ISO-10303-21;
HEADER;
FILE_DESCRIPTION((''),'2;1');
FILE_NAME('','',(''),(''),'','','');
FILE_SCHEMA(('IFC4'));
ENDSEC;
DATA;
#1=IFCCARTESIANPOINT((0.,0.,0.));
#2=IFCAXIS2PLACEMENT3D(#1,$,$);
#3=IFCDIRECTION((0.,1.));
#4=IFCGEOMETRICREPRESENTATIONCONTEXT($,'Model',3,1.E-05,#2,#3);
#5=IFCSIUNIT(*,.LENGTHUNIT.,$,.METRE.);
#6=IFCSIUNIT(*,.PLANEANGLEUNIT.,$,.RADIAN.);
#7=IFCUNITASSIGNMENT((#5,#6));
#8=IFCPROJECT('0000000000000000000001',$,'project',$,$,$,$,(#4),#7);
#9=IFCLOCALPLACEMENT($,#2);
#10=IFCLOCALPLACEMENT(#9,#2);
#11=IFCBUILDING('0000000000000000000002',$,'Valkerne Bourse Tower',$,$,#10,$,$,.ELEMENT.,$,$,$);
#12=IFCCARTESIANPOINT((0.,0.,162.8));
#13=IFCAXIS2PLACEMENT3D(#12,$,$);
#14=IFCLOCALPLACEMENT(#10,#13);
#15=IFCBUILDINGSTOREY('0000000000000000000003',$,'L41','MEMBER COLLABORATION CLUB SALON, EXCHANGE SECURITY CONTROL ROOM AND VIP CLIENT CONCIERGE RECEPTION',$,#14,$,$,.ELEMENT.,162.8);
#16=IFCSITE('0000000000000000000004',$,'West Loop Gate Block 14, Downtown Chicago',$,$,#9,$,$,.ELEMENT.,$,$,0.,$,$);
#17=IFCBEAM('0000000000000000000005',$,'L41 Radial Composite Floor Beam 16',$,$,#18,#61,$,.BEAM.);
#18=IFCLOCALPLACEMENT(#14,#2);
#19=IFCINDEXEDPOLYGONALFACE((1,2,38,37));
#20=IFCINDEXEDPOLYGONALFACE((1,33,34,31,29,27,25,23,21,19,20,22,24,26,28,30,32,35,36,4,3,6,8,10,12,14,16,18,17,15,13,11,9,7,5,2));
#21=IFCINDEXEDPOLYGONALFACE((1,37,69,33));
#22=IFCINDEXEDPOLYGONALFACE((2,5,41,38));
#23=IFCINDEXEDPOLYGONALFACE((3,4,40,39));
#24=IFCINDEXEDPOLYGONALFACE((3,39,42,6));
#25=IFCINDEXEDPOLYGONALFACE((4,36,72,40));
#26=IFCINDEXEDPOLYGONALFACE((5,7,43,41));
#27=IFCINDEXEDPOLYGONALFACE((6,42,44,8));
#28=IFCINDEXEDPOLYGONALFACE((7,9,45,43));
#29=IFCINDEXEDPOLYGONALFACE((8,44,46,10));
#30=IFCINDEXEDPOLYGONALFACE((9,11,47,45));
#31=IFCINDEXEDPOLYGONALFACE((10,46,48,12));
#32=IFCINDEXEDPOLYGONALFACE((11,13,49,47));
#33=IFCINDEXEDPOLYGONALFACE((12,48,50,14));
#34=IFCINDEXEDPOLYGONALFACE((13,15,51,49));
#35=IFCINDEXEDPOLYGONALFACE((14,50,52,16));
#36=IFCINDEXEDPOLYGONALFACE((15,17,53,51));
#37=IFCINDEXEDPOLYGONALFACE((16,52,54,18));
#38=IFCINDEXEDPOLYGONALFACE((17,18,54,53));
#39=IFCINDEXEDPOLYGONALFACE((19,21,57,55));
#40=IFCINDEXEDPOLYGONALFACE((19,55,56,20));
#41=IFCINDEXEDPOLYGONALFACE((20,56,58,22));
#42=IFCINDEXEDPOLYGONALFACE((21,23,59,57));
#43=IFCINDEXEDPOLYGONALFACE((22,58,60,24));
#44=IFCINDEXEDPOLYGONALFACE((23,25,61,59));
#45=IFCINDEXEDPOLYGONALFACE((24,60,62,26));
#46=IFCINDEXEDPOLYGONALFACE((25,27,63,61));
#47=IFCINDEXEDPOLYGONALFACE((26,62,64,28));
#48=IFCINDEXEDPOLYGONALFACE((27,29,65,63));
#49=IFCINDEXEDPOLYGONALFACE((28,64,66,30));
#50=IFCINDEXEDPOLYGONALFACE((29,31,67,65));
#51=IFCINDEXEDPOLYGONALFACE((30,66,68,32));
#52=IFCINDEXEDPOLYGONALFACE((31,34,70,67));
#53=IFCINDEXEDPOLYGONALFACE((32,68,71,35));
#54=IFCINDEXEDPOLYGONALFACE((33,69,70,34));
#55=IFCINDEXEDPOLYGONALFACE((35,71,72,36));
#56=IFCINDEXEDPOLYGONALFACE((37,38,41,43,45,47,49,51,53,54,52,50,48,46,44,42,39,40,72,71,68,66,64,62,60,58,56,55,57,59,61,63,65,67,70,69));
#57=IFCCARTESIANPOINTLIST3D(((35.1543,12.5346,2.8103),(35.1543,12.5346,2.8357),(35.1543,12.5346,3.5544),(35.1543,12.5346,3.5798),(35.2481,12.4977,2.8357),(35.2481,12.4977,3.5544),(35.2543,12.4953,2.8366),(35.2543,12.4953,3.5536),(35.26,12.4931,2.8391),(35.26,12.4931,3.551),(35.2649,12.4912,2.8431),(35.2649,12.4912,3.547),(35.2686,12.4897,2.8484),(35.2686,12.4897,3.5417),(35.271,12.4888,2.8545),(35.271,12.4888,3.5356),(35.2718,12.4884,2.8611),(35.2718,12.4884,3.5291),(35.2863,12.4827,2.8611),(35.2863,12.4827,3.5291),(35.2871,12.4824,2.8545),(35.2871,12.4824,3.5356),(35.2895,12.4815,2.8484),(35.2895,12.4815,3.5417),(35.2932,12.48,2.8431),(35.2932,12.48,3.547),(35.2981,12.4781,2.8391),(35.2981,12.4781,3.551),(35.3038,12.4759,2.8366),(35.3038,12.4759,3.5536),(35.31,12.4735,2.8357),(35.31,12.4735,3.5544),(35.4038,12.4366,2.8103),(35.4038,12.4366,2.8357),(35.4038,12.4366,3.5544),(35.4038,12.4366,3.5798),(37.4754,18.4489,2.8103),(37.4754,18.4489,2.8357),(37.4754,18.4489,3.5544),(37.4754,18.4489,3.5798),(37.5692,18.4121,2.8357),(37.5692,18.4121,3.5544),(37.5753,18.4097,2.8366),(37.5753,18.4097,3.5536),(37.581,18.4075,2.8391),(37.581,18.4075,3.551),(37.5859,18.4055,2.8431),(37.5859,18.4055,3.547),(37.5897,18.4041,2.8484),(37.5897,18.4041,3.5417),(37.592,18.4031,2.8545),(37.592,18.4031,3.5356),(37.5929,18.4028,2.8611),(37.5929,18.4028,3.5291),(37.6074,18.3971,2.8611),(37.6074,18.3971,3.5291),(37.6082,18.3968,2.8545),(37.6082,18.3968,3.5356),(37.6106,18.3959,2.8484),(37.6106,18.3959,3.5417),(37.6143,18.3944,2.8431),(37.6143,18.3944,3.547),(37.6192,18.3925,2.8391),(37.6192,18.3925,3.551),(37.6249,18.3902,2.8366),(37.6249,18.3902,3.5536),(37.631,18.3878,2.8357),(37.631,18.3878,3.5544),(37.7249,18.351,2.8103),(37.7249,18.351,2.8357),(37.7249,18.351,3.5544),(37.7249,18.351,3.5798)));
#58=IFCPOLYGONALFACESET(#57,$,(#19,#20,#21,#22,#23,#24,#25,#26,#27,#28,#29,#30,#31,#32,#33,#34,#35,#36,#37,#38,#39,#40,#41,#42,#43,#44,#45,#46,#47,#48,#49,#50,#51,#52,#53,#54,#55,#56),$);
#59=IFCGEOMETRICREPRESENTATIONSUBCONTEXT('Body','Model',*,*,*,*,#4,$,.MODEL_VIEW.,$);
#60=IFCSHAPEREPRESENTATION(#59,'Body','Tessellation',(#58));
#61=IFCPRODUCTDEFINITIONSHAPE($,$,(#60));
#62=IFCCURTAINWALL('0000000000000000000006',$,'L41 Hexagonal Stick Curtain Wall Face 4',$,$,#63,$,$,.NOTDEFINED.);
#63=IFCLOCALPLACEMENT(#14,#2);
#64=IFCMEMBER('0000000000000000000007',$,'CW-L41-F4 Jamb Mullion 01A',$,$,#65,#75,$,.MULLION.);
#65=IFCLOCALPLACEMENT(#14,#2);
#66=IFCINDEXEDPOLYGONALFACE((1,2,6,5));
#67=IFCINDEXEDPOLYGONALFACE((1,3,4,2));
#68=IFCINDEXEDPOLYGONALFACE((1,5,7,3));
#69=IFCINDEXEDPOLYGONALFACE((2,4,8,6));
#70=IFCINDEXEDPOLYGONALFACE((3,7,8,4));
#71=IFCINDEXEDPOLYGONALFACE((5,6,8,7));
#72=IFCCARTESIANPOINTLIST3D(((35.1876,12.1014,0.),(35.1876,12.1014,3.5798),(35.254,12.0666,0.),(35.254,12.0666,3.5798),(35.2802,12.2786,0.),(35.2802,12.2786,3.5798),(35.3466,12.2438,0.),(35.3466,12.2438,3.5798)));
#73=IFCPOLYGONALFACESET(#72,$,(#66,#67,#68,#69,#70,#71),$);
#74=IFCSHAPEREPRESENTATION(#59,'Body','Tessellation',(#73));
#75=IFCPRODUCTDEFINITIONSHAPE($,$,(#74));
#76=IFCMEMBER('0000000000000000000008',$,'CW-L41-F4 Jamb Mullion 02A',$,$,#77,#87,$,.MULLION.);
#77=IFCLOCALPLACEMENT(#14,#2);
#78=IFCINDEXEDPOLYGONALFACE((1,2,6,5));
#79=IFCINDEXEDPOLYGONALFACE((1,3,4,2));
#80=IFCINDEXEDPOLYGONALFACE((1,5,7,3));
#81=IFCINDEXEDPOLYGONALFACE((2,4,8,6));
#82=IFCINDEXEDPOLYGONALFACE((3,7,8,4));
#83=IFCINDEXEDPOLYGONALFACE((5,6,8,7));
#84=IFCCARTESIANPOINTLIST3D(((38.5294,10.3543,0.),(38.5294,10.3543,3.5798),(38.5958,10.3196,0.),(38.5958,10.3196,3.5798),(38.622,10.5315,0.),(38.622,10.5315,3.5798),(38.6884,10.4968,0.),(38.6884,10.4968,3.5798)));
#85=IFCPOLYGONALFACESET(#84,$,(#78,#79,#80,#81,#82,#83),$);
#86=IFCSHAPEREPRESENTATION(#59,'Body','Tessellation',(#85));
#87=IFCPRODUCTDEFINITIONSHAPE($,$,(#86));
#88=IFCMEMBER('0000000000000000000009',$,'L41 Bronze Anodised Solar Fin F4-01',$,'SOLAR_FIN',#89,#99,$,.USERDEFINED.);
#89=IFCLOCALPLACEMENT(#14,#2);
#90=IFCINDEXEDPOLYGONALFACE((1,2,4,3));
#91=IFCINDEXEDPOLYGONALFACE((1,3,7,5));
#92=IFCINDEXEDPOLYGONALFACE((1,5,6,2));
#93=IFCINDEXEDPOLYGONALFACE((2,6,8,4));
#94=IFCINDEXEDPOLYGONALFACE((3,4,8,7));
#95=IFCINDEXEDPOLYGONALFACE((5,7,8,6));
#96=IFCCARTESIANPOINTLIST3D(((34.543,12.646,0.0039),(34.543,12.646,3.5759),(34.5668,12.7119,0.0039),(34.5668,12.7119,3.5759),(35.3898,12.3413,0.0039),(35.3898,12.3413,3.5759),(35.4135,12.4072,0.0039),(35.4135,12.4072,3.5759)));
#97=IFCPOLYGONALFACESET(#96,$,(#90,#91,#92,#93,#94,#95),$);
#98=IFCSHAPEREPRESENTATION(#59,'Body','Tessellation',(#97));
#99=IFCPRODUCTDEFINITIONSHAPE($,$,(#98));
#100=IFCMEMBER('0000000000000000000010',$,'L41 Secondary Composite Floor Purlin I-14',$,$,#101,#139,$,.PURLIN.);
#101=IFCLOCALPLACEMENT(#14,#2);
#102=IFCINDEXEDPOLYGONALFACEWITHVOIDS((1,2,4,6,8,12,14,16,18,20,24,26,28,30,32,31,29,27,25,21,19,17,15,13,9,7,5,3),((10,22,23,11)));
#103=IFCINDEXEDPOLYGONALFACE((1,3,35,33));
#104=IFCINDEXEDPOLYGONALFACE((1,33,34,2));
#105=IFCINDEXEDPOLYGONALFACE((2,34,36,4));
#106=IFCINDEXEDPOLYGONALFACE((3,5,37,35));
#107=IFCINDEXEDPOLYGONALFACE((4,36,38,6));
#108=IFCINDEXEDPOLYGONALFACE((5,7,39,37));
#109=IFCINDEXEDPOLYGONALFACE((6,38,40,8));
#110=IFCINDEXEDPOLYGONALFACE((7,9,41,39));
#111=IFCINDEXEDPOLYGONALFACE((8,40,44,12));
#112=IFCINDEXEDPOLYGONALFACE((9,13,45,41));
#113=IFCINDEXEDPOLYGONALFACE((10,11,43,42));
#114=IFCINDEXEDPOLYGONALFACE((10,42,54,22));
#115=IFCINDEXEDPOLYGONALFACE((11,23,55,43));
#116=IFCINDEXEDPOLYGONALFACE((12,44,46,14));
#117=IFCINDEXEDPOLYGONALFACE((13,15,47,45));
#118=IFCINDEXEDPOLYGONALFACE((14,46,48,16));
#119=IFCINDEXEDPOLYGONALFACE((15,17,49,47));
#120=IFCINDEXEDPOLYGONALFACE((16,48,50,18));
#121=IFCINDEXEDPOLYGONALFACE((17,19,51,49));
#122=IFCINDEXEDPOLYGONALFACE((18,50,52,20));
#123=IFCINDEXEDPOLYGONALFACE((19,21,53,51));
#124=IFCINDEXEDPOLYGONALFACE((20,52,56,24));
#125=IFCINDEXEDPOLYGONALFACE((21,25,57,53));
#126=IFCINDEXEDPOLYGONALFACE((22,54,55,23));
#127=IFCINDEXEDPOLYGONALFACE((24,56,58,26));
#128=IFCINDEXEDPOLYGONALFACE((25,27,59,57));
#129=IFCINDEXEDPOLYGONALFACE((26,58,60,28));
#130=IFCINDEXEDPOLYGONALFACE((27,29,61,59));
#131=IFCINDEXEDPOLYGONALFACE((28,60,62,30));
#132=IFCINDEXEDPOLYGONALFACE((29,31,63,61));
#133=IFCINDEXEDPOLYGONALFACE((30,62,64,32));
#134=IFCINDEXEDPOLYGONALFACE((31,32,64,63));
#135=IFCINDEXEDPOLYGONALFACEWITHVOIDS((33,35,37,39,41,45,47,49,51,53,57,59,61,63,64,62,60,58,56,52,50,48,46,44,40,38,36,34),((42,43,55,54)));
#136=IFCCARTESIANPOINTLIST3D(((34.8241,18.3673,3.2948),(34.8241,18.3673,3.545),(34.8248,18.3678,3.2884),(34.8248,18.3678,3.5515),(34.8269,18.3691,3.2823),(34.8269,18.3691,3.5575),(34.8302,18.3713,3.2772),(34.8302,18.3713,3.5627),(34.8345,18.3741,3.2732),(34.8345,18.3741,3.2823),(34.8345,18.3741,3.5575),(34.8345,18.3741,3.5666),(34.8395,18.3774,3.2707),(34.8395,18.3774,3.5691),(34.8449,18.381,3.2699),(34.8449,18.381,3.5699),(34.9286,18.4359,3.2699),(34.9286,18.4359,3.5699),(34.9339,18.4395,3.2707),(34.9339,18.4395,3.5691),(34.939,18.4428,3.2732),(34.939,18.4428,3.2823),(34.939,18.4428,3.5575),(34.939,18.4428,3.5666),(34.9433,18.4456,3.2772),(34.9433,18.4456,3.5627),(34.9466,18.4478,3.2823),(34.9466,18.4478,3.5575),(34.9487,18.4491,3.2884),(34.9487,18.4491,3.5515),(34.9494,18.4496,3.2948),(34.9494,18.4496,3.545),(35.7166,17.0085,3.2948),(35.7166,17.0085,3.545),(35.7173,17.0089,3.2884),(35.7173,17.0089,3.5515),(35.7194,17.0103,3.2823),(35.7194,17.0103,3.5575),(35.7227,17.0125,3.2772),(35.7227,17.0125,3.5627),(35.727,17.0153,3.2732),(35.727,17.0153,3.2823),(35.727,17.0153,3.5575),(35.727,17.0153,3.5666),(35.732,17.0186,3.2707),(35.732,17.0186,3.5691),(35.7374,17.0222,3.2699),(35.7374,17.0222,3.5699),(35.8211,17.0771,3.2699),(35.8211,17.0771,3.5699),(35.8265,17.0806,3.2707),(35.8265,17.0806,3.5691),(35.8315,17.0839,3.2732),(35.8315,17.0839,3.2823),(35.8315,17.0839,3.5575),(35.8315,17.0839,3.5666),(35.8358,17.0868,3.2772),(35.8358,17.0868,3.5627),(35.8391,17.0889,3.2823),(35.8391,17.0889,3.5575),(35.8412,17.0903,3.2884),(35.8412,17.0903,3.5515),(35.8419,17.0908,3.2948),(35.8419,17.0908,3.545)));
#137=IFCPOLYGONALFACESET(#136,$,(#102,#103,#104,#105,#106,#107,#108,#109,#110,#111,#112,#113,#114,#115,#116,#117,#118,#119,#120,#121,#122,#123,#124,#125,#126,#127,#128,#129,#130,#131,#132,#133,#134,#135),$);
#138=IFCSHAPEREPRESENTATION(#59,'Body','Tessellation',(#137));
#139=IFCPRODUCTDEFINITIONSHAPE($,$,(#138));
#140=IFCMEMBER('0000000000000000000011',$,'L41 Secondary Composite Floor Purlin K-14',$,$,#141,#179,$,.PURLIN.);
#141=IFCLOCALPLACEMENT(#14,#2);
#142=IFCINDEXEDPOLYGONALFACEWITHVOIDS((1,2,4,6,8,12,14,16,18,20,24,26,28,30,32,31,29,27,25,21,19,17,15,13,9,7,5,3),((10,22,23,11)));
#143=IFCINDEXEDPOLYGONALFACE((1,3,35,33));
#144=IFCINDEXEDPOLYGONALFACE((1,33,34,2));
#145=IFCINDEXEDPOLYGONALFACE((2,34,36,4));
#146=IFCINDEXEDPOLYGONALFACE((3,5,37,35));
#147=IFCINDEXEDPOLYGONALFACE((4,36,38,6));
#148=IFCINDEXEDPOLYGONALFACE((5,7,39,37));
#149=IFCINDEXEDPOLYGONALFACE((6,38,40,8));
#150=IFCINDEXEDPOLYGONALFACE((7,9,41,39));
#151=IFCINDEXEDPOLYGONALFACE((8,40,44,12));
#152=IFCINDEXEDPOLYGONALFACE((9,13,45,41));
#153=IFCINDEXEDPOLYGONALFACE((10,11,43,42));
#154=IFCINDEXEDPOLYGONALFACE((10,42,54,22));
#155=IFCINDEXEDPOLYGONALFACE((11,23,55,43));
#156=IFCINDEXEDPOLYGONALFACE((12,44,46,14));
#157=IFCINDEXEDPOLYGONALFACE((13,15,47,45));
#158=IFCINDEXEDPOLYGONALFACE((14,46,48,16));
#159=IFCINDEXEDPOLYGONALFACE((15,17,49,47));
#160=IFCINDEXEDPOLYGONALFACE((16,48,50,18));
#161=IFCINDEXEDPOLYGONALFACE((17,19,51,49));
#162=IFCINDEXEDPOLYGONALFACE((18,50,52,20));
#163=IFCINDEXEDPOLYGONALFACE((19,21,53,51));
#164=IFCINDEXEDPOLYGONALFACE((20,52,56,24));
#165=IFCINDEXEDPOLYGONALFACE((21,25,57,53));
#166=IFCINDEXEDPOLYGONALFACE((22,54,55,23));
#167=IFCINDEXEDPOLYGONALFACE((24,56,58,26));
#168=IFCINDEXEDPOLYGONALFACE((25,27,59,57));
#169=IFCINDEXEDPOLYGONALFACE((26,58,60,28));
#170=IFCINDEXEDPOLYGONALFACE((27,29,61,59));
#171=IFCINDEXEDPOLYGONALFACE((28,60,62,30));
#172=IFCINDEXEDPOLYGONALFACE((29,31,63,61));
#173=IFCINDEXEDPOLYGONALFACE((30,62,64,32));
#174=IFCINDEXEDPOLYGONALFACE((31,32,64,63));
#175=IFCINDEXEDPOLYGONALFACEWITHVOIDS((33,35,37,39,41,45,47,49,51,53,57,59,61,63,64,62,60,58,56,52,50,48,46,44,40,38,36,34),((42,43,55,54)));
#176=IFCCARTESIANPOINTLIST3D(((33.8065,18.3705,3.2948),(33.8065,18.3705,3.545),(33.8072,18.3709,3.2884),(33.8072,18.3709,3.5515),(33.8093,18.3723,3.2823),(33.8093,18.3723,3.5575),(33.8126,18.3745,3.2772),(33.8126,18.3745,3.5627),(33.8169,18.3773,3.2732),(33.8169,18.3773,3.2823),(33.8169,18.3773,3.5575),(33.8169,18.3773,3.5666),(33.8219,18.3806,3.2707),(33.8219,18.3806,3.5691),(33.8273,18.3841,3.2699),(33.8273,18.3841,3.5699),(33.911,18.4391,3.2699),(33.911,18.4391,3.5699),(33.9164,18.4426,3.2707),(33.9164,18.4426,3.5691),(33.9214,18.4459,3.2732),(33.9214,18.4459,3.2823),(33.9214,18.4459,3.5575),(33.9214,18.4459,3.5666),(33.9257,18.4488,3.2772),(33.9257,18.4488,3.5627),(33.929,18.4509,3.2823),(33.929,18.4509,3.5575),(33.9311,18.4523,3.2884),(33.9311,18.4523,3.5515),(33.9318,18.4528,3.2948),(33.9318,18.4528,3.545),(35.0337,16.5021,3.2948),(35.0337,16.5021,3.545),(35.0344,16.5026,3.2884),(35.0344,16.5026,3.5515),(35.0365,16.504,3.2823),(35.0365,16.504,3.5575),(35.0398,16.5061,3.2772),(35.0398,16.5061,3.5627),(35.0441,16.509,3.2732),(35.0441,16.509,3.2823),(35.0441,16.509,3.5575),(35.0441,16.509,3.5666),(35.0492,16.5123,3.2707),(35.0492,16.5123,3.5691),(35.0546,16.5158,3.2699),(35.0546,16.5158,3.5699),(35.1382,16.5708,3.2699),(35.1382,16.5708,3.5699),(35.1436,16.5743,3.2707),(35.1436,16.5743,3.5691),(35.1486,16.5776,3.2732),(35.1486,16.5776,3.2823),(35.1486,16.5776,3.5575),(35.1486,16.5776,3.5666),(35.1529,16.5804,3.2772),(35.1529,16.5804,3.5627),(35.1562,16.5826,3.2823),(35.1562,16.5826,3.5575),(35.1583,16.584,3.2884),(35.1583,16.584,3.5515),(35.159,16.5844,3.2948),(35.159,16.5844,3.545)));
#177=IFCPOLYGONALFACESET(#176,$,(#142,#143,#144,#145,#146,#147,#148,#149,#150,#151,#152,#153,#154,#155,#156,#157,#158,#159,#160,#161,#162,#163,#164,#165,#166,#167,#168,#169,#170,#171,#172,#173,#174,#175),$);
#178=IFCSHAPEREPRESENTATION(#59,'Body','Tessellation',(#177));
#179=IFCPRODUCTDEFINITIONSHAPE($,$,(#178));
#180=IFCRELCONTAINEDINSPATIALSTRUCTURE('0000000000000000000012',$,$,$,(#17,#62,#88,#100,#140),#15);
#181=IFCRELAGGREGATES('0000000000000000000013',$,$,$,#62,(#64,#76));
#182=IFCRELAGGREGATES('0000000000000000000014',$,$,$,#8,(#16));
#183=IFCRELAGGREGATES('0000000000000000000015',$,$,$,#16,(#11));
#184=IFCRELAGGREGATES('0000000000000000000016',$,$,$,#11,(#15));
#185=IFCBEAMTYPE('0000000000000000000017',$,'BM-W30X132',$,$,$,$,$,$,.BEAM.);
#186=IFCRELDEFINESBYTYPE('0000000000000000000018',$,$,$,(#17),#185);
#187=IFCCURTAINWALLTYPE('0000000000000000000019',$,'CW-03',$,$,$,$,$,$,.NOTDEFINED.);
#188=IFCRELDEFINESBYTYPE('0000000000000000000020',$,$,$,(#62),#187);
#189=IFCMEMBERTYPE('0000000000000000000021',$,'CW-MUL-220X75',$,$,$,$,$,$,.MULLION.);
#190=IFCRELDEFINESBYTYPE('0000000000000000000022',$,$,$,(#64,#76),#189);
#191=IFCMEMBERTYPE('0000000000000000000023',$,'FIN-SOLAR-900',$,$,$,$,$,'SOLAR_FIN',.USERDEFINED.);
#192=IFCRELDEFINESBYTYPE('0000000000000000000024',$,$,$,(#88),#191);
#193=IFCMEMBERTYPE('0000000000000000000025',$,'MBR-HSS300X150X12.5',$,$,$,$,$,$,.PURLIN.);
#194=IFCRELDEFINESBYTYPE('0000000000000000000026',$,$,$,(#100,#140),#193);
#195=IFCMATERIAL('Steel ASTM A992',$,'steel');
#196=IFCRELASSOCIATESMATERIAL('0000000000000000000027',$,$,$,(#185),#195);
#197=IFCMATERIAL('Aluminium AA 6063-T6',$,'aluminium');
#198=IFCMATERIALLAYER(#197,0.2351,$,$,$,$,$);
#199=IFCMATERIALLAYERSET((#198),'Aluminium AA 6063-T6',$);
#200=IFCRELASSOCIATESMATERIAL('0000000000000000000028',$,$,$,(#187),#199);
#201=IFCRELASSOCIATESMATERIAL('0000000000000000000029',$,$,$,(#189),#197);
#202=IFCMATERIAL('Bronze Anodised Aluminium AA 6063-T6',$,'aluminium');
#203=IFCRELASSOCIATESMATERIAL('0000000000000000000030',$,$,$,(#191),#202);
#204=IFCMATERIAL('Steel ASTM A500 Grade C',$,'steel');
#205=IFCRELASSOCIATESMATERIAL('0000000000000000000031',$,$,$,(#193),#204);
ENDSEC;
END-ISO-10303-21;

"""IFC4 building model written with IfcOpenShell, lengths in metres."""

from ifc_helpers import new_model, si_unit, direction, frame, origin, origin_2d, place, context, subcontext, project, spatial, rectangle, hollow_rectangle, i_section, extrude, material, layer, layer_set, material_profile, profile_set, type_object, element, aggregate, save


model = new_model("IFC4")

# Units and contexts
model_context = context("Model", 3, precision=1e-05, world=origin(), true_north=direction((0.0, 1.0)))
body_context = subcontext(model_context, "Body", "Model", "MODEL_VIEW")
ifc_project = project(units=[si_unit("LENGTHUNIT", "METRE"), si_unit("PLANEANGLEUNIT", "RADIAN")], contexts=[model_context])

# Site, building, storey
site_placement = place(None, origin())
site = spatial("IfcSite", under=ifc_project, at=site_placement, Name="West Loop Gate Block 14, Downtown Chicago", CompositionType="ELEMENT", RefElevation=0.0)
building_placement = place(site_placement, origin())
building = spatial("IfcBuilding", under=site, at=building_placement, Name="Valkerne Bourse Tower", CompositionType="ELEMENT")
storey_placement = place(building_placement, frame((0.0, 0.0, 162.8)))
storey = spatial("IfcBuildingStorey", under=building, at=storey_placement, Name="L41", Description="MEMBER COLLABORATION CLUB SALON, EXCHANGE SECURITY CONTROL ROOM AND VIP CLIENT CONCIERGE RECEPTION", CompositionType="ELEMENT", Elevation=162.8)

# Beam
ifc_material_1 = material(Name="Steel ASTM A992", Category="steel")
ifc_material_profile_1 = material_profile(ifc_material_1, i_section(OverallWidth=0.2681, OverallDepth=0.7695, WebThickness=0.0156, FlangeThickness=0.0254, FilletRadius=0.0254, at=origin_2d()), Name="W30X132")
ifc_profile_set_1 = profile_set([ifc_material_profile_1], Name="Steel ASTM A992")
beam_type_1 = type_object("IfcBeamType", Name="BM-W30X132", PredefinedType="BEAM", material=ifc_profile_set_1)
beam_1_placement = place(storey_placement, frame((35.2791, 12.4856, 3.1951), z_axis=(0.365321, 0.930882, 0.0), x_axis=(-0.930882, 0.365321, 0.0)))
element("IfcBeam", 1, at=beam_1_placement, inside=storey, type_object=beam_type_1, Name="L41 Radial Composite Floor Beam 16", PredefinedType="BEAM", context=body_context, shape_type="SweptSolid", body=[
    extrude(i_section(OverallWidth=0.2681, OverallDepth=0.7695, WebThickness=0.0156, FlangeThickness=0.0254, FilletRadius=0.0254, at=origin_2d()), origin(), (0.0, 0.0, 1.0), 6.3535),
])

# Curtain wall, members
ifc_material_2 = material(Name="Aluminium AA 6063-T6", Category="aluminium")
ifc_layer_1 = layer(ifc_material_2, 0.2351)
ifc_layer_set_1 = layer_set([ifc_layer_1], Name="Aluminium AA 6063-T6")
curtain_wall_type = type_object("IfcCurtainWallType", Name="CW-03", PredefinedType="NOTDEFINED", material=ifc_layer_set_1)
curtain_wall_placement = place(storey_placement, origin())
curtain_wall = element("IfcCurtainWall", 2, at=curtain_wall_placement, inside=storey, type_object=curtain_wall_type, Name="L41 Hexagonal Stick Curtain Wall Face 4", PredefinedType="NOTDEFINED")
ifc_material_profile_2 = material_profile(ifc_material_2, rectangle(XDim=0.075, YDim=0.2, at=origin_2d()), Name="CWM-75X200")
ifc_profile_set_2 = profile_set([ifc_material_profile_2], Name="Aluminium AA 6063-T6")
member_type_1 = type_object("IfcMemberType", Name="CW-MUL-220X75", PredefinedType="MULLION", material=ifc_profile_set_2)
member_1_placement = place(storey_placement, frame((35.2671, 12.1726, 0.0), z_axis=(0.0, 0.0, 1.0), x_axis=(0.886204, -0.463295, 0.0)))
member_1 = element("IfcMember", 3, at=member_1_placement, type_object=member_type_1, Name="CW-L41-F4 Jamb Mullion 01A", PredefinedType="MULLION", context=body_context, shape_type="SweptSolid", body=[
    extrude(rectangle(XDim=0.075, YDim=0.2, at=origin_2d()), origin(), (0.0, 0.0, 1.0), 3.5798),
])
member_2_placement = place(storey_placement, frame((38.6089, 10.4255, 0.0), z_axis=(0.0, 0.0, 1.0), x_axis=(0.886204, -0.463295, 0.0)))
member_2 = element("IfcMember", 4, at=member_2_placement, type_object=member_type_1, Name="CW-L41-F4 Jamb Mullion 02A", PredefinedType="MULLION", context=body_context, shape_type="SweptSolid", body=[
    extrude(rectangle(XDim=0.075, YDim=0.2, at=origin_2d()), origin(), (0.0, 0.0, 1.0), 3.5798),
])

# Members
ifc_material_3 = material(Name="Bronze Anodised Aluminium AA 6063-T6", Category="aluminium")
ifc_material_profile_3 = material_profile(ifc_material_3, rectangle(XDim=0.0701, YDim=0.8999, at=origin_2d()), Name="FIN-70X900")
ifc_profile_set_3 = profile_set([ifc_material_profile_3], Name="Bronze Anodised Aluminium AA 6063-T6")
member_type_2 = type_object("IfcMemberType", Name="FIN-SOLAR-900", ElementType="SOLAR_FIN", PredefinedType="USERDEFINED", material=ifc_profile_set_3)
member_3_placement = place(storey_placement, frame((34.9783, 12.5266, 0.0039), z_axis=(0.0, 0.0, 1.0), x_axis=(-0.338599, -0.940931, 0.0)))
element("IfcMember", 5, at=member_3_placement, inside=storey, type_object=member_type_2, Name="L41 Bronze Anodised Solar Fin F4-01", ObjectType="SOLAR_FIN", PredefinedType="USERDEFINED", context=body_context, shape_type="SweptSolid", body=[
    extrude(rectangle(XDim=0.0701, YDim=0.8999, at=origin_2d()), origin(), (0.0, 0.0, 1.0), 3.572),
])
ifc_material_4 = material(Name="Steel ASTM A500 Grade C", Category="steel")
ifc_material_profile_4 = material_profile(ifc_material_4, hollow_rectangle(XDim=0.1499, YDim=0.3, WallThickness=0.0125, OuterFilletRadius=0.0249, at=origin_2d()), Name="HSS300X150X12.5")
ifc_profile_set_4 = profile_set([ifc_material_profile_4], Name="Steel ASTM A500 Grade C")
member_type_3 = type_object("IfcMemberType", Name="MBR-HSS300X150X12.5", PredefinedType="PURLIN", material=ifc_profile_set_4)
member_4_placement = place(storey_placement, frame((34.8867, 18.4084, 3.4199), z_axis=(0.549004, -0.83582, 0.0), x_axis=(0.83582, 0.549004, 0.0)))
element("IfcMember", 6, at=member_4_placement, inside=storey, type_object=member_type_3, Name="L41 Secondary Composite Floor Purlin I-14", PredefinedType="PURLIN", context=body_context, shape_type="SweptSolid", body=[
    extrude(hollow_rectangle(XDim=0.1499, YDim=0.3, WallThickness=0.0125, OuterFilletRadius=0.0249, at=origin_2d()), origin(), (0.0, 0.0, 1.0), 1.6257),
])
member_5_placement = place(storey_placement, frame((33.8691, 18.4116, 3.4199), z_axis=(0.549017, -0.835811, 0.0), x_axis=(0.835811, 0.549017, 0.0)))
element("IfcMember", 7, at=member_5_placement, inside=storey, type_object=member_type_3, Name="L41 Secondary Composite Floor Purlin K-14", PredefinedType="PURLIN", context=body_context, shape_type="SweptSolid", body=[
    extrude(hollow_rectangle(XDim=0.1499, YDim=0.3, WallThickness=0.0125, OuterFilletRadius=0.0249, at=origin_2d()), origin(), (0.0, 0.0, 1.0), 2.2354),
])

aggregate(curtain_wall, [member_1, member_2])

save(model, "model.ifc")
